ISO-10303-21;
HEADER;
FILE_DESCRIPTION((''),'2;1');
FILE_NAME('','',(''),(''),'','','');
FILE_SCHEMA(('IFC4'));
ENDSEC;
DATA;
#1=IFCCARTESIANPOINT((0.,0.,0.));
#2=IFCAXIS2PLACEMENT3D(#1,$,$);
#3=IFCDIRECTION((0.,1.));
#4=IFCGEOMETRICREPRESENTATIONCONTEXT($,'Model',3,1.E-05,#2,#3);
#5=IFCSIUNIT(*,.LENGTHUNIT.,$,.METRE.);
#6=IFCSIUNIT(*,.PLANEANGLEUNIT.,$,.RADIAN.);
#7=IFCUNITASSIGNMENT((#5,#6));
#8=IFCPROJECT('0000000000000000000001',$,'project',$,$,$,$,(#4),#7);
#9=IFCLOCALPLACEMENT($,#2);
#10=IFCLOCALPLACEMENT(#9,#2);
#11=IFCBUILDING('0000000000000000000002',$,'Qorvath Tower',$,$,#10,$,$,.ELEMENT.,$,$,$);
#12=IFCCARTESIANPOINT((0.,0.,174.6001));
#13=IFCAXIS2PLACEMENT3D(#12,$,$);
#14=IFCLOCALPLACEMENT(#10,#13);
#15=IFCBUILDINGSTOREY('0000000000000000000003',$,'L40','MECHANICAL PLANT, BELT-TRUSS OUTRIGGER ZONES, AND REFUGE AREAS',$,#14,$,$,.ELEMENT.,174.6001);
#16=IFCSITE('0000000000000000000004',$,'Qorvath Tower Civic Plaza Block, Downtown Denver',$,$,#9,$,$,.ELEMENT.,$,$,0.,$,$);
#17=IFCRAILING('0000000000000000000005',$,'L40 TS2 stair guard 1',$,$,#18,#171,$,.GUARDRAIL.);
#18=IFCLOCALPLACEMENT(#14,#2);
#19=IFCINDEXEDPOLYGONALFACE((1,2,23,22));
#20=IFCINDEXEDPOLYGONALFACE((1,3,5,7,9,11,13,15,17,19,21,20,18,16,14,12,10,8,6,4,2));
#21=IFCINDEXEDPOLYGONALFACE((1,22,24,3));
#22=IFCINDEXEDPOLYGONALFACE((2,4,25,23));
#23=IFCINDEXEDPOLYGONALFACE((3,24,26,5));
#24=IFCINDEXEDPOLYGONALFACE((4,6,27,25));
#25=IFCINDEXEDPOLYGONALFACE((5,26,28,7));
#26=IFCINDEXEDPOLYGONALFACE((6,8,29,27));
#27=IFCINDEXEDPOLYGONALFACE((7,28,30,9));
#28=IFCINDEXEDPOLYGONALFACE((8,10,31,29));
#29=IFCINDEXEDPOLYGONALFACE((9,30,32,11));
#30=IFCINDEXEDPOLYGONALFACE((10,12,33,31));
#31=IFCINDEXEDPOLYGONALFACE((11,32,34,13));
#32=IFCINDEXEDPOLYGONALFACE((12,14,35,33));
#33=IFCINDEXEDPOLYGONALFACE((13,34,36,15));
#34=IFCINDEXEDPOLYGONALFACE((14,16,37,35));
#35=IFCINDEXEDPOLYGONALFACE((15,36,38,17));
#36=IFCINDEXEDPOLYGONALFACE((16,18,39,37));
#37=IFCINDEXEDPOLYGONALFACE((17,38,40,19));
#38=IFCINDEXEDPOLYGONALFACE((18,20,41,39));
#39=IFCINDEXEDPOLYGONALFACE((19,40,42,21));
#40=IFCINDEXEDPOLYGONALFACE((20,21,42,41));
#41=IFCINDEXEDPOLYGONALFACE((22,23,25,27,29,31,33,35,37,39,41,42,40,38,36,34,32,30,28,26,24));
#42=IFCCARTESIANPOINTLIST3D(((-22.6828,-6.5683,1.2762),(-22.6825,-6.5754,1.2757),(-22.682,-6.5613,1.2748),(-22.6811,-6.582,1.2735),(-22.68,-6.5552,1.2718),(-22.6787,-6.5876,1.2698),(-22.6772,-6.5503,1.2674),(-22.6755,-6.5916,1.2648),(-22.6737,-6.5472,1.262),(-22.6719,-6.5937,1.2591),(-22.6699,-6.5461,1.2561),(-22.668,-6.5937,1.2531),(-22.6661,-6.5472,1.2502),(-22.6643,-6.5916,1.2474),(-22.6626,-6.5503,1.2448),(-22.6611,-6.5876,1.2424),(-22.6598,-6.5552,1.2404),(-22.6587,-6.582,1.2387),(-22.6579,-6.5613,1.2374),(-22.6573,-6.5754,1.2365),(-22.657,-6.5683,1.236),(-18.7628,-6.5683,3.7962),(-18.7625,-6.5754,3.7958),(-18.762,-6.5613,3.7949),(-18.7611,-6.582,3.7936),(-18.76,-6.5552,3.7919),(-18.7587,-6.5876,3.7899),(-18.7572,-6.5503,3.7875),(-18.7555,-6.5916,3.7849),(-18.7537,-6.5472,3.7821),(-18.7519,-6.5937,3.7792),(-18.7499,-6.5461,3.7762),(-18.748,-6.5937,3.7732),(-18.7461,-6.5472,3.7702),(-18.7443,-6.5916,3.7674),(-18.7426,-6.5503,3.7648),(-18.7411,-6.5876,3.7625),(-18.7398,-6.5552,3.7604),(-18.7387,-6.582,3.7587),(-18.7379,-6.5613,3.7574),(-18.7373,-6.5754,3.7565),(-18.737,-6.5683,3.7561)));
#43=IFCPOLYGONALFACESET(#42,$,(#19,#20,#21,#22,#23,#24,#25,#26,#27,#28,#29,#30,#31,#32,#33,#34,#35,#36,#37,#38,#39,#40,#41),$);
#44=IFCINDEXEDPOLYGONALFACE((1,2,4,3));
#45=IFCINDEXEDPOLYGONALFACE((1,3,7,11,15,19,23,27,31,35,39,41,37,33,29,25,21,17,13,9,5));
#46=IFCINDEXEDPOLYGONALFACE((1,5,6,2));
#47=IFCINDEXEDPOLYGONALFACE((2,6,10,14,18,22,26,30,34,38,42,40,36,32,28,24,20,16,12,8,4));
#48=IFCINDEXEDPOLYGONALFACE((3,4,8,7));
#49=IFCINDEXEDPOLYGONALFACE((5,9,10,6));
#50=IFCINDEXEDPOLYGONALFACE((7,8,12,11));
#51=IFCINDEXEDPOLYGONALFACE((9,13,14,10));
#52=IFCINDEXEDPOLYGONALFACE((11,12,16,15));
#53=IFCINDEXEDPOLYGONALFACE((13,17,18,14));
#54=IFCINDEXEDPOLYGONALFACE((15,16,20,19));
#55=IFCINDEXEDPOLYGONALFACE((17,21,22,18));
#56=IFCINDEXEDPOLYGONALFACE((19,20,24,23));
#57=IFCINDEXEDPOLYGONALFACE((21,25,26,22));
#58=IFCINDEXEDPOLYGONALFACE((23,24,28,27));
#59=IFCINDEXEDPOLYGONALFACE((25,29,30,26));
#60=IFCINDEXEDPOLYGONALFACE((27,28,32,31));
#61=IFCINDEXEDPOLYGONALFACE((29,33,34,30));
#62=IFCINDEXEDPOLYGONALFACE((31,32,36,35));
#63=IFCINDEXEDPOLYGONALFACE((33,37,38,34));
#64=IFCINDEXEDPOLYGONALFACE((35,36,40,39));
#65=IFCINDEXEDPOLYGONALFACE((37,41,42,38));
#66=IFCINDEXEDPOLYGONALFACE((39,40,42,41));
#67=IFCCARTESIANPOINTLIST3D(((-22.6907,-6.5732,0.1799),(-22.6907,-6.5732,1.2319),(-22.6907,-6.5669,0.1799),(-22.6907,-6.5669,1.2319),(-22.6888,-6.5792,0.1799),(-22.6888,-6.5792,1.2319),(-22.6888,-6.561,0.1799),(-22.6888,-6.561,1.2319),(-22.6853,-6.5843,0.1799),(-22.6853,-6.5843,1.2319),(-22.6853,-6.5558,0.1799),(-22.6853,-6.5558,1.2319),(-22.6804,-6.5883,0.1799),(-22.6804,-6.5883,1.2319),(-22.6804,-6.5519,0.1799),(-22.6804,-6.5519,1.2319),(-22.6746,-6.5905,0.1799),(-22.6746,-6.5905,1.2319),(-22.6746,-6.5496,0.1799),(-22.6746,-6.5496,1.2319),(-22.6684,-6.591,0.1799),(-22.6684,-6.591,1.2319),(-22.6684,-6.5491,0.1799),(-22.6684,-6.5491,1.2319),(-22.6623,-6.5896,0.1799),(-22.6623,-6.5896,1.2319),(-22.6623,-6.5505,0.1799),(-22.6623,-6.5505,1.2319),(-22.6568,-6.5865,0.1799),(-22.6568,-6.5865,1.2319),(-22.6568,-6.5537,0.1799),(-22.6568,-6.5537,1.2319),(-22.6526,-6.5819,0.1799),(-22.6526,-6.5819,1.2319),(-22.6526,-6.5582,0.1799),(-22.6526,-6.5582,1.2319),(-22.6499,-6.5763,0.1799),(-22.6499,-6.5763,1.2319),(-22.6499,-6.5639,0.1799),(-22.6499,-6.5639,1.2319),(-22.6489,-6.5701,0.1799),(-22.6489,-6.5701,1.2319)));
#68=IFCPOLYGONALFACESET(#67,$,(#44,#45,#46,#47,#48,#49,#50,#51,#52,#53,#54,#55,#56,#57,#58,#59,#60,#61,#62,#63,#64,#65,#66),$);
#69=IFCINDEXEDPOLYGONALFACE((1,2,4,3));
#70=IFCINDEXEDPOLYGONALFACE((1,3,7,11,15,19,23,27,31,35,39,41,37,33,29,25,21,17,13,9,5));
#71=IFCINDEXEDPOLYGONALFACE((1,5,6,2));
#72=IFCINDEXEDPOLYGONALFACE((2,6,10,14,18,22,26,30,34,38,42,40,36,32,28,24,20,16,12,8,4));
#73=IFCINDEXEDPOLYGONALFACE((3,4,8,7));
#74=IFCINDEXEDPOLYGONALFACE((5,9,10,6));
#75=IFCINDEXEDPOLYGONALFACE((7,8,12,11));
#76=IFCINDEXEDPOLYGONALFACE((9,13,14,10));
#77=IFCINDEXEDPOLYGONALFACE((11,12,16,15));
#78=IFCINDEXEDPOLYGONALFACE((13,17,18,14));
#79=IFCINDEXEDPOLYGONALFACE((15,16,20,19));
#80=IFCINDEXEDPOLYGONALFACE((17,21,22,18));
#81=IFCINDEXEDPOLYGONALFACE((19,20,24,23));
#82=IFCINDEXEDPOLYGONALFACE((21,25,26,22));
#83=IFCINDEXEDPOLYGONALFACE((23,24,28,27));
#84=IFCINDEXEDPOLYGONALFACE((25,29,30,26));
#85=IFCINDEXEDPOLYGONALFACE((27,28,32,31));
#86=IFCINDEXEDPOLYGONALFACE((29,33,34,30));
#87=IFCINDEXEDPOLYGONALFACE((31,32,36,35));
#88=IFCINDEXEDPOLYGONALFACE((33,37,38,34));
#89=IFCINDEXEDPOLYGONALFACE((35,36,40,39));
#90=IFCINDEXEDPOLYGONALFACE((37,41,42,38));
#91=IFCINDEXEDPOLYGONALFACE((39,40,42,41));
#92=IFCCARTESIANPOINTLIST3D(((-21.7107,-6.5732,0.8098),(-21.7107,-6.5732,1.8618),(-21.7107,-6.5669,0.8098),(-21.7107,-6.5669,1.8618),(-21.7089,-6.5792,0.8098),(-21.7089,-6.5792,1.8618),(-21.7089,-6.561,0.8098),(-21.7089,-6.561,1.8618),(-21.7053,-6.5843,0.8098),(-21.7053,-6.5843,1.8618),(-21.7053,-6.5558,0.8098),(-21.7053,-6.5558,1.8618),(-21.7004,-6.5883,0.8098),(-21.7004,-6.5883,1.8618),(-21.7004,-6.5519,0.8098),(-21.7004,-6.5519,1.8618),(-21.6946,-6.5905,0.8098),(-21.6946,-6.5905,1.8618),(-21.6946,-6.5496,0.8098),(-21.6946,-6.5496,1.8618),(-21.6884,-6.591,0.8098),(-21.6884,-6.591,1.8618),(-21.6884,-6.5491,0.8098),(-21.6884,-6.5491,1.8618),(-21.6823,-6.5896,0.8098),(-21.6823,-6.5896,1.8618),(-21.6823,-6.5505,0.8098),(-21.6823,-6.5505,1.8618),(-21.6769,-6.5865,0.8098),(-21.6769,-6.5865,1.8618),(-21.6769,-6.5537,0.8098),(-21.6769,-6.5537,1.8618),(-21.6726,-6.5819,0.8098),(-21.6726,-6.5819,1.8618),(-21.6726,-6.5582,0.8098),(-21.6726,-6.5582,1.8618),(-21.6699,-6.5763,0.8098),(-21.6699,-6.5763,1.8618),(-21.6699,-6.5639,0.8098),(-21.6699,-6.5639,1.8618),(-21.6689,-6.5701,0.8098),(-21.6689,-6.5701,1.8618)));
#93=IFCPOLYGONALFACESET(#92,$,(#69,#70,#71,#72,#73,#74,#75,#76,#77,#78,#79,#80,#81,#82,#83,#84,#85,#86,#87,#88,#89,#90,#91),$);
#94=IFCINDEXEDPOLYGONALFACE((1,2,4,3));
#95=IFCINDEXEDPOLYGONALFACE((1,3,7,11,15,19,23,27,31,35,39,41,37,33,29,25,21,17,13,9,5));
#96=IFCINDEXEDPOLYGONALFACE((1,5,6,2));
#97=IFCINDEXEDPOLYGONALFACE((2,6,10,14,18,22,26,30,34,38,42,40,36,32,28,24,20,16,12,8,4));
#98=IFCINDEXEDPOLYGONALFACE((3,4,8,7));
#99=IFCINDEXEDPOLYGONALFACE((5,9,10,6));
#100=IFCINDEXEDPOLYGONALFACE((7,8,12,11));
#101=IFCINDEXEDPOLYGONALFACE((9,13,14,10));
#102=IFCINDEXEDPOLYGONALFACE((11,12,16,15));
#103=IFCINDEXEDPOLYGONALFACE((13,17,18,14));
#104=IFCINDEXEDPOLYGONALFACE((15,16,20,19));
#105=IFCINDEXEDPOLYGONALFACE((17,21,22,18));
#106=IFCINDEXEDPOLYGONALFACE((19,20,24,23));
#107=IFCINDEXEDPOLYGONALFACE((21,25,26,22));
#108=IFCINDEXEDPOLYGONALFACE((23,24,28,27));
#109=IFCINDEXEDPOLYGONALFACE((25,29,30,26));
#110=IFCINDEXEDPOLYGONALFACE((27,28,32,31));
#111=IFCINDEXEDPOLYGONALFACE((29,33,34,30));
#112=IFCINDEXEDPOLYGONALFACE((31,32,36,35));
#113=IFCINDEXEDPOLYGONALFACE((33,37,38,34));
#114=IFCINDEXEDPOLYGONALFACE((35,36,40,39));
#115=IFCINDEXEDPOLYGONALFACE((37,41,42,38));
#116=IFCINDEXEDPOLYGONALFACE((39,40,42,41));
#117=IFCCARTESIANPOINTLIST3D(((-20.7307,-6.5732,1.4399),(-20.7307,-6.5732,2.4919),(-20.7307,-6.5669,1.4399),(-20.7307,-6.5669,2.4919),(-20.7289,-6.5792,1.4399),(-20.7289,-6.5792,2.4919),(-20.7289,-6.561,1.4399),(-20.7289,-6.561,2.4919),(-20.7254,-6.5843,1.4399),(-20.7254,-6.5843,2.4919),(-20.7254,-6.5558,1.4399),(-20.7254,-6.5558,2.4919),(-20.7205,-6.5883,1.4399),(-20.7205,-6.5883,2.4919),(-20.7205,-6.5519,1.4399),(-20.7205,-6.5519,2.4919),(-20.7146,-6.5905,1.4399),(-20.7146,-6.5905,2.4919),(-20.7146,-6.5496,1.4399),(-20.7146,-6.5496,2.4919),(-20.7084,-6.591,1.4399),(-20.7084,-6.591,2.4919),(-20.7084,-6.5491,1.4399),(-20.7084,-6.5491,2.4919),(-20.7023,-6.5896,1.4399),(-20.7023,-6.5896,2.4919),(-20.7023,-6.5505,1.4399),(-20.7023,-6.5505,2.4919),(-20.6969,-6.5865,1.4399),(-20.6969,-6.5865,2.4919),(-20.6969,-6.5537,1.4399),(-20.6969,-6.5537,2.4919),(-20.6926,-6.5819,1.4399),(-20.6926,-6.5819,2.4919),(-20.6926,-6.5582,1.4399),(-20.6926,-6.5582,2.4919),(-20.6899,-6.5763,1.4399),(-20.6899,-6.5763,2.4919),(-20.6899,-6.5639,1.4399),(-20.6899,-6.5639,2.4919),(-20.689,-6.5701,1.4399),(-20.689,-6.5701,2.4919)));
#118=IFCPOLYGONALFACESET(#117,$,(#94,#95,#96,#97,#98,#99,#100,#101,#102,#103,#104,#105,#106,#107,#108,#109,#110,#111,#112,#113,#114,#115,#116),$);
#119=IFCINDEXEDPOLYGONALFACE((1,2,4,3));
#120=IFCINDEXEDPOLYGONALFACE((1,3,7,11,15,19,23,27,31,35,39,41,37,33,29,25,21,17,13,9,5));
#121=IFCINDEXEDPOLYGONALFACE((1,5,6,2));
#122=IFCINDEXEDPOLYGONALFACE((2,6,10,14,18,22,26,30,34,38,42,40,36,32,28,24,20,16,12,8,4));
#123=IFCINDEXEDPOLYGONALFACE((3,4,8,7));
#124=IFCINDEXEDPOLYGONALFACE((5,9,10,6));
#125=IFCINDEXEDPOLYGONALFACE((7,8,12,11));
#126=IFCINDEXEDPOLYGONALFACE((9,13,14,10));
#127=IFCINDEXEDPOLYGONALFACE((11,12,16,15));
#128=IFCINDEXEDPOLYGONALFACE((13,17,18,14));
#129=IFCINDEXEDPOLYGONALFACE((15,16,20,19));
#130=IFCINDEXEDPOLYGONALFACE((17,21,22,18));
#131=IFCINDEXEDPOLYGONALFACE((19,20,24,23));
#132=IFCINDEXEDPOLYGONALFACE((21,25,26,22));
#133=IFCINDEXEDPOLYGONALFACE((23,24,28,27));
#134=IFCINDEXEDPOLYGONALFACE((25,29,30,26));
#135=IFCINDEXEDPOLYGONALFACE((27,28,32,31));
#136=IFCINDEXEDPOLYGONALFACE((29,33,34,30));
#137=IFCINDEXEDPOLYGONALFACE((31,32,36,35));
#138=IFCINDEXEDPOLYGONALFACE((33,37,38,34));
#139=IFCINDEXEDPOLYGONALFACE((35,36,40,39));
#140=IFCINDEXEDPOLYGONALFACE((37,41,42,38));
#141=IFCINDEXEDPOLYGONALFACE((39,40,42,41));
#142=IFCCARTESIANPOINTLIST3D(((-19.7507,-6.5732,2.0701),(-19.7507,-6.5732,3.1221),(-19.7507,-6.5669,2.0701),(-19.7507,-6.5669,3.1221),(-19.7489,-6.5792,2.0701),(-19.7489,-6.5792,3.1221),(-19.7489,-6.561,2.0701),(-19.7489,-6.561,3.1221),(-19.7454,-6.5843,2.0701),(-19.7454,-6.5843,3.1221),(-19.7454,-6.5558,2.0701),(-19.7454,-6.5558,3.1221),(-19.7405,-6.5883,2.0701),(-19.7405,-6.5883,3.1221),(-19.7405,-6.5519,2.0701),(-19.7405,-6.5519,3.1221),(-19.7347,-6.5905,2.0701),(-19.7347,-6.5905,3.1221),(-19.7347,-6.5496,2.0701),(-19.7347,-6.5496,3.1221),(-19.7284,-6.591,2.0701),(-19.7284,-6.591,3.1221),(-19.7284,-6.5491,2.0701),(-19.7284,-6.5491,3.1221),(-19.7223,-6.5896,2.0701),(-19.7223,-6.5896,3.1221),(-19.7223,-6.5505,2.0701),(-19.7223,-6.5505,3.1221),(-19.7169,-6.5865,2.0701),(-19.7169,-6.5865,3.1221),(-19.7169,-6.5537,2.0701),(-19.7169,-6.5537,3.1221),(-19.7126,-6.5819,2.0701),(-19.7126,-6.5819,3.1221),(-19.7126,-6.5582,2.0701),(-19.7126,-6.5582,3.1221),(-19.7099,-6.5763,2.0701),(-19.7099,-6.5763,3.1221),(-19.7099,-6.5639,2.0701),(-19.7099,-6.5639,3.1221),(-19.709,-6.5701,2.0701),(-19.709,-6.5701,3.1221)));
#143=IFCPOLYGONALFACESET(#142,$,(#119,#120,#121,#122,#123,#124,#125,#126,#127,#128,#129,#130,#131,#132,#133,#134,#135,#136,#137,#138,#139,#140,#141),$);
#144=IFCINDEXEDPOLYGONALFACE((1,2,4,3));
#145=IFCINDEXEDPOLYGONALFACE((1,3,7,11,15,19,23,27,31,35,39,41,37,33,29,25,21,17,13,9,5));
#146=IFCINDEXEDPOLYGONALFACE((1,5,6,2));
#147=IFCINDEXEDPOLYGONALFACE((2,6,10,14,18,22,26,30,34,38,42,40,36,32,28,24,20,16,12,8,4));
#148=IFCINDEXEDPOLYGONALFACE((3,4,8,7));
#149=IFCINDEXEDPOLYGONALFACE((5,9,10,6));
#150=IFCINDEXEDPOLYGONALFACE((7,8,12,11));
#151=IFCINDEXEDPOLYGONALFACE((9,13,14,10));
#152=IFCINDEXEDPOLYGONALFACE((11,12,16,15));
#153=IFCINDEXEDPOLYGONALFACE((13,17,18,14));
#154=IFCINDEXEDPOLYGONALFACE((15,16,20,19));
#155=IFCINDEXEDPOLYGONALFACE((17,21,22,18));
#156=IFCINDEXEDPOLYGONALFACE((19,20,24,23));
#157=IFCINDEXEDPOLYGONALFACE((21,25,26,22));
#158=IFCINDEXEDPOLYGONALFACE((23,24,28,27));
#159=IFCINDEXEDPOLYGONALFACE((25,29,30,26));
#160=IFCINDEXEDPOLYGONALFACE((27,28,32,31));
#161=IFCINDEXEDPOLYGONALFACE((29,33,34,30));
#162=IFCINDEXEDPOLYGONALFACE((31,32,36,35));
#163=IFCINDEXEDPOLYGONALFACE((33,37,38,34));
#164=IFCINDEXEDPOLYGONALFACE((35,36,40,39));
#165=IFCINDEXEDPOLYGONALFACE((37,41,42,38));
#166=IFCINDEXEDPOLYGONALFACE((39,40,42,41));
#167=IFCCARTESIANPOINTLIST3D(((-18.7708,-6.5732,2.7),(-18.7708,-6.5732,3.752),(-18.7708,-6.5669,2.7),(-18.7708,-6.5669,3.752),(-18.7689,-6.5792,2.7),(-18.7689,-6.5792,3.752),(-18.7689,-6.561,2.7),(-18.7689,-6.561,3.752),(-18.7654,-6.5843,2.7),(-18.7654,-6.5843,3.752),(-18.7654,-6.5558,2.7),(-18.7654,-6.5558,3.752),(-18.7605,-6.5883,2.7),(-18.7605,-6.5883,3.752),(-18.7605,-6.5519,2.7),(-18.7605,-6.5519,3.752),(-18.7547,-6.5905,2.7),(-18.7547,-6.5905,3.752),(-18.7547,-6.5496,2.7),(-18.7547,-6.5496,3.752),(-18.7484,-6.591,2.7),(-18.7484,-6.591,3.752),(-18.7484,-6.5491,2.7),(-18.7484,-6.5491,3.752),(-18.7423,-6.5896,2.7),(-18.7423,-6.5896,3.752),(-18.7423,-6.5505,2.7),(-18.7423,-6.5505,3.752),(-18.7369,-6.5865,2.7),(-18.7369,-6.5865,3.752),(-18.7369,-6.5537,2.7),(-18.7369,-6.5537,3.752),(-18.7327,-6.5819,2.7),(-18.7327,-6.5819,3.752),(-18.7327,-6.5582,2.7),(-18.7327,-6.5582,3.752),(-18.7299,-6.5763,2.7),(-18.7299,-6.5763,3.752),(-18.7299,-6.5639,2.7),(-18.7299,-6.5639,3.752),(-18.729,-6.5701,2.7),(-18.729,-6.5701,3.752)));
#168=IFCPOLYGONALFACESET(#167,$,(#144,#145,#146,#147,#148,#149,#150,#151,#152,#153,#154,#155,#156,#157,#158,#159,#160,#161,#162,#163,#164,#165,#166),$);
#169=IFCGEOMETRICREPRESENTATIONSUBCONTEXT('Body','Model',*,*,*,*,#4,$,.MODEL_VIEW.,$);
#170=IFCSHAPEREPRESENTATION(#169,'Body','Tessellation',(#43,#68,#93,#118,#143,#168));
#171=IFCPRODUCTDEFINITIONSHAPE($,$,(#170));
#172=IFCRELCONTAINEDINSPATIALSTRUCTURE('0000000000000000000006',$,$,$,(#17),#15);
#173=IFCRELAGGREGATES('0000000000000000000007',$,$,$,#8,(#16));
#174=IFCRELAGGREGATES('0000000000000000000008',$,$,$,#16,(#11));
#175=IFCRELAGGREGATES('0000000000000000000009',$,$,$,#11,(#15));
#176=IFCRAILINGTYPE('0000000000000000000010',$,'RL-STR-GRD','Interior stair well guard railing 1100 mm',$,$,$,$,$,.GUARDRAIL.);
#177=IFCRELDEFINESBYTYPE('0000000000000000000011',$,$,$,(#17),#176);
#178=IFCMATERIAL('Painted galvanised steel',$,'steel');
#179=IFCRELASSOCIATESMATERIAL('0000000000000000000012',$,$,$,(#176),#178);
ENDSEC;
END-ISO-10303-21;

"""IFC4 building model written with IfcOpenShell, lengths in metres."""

from ifc_helpers import new_model, si_unit, direction, frame, origin, origin_2d, place, context, subcontext, project, spatial, circle, extrude, material, type_object, element, save


model = new_model("IFC4")

# Units and contexts
model_context = context("Model", 3, precision=1e-05, world=origin(), true_north=direction((0.0, 1.0)))
body_context = subcontext(model_context, "Body", "Model", "MODEL_VIEW")
ifc_project = project(units=[si_unit("LENGTHUNIT", "METRE"), si_unit("PLANEANGLEUNIT", "RADIAN")], contexts=[model_context])

# Site, building, storey
site_placement = place(None, origin())
site = spatial("IfcSite", under=ifc_project, at=site_placement, Name="Qorvath Tower Civic Plaza Block, Downtown Denver", CompositionType="ELEMENT", RefElevation=0.0)
building_placement = place(site_placement, origin())
building = spatial("IfcBuilding", under=site, at=building_placement, Name="Qorvath Tower", CompositionType="ELEMENT")
storey_placement = place(building_placement, frame((0.0, 0.0, 174.6001)))
storey = spatial("IfcBuildingStorey", under=building, at=storey_placement, Name="L40", Description="MECHANICAL PLANT, BELT-TRUSS OUTRIGGER ZONES, AND REFUGE AREAS", CompositionType="ELEMENT", Elevation=174.6001)

# Railing
ifc_material_1 = material(Name="Painted galvanised steel", Category="steel")
railing_type_1 = type_object("IfcRailingType", Name="RL-STR-GRD", Description="Interior stair well guard railing 1100 mm", PredefinedType="GUARDRAIL", material=ifc_material_1)
railing_1_placement = place(storey_placement, frame((-22.6699, -6.5701, 0.1799)))
element("IfcRailing", 1, at=railing_1_placement, inside=storey, type_object=railing_type_1, Name="L40 TS2 stair guard 1", PredefinedType="GUARDRAIL", context=body_context, shape_type="SweptSolid", body=[
    extrude(circle(Radius=0.0239, at=origin_2d()), frame((0.0, 0.0, 1.0762), z_axis=(0.841172, 0.0, 0.540768), x_axis=(0.0, 1.0, 0.0)), (0.0, 0.0, 1.0), 4.6602),
    extrude(circle(Radius=0.021, at=origin_2d()), origin(), (0.0, 0.0, 1.0), 1.052),
    extrude(circle(Radius=0.021, at=origin_2d()), frame((0.98, 0.0, 0.6299)), (0.0, 0.0, 1.0), 1.052),
    extrude(circle(Radius=0.021, at=origin_2d()), frame((1.96, 0.0, 1.26)), (0.0, 0.0, 1.0), 1.052),
    extrude(circle(Radius=0.021, at=origin_2d()), frame((2.9399, 0.0, 1.8901)), (0.0, 0.0, 1.0), 1.052),
    extrude(circle(Radius=0.021, at=origin_2d()), frame((3.9199, 0.0, 2.52)), (0.0, 0.0, 1.0), 1.052),
])

save(model, "model.ifc")
